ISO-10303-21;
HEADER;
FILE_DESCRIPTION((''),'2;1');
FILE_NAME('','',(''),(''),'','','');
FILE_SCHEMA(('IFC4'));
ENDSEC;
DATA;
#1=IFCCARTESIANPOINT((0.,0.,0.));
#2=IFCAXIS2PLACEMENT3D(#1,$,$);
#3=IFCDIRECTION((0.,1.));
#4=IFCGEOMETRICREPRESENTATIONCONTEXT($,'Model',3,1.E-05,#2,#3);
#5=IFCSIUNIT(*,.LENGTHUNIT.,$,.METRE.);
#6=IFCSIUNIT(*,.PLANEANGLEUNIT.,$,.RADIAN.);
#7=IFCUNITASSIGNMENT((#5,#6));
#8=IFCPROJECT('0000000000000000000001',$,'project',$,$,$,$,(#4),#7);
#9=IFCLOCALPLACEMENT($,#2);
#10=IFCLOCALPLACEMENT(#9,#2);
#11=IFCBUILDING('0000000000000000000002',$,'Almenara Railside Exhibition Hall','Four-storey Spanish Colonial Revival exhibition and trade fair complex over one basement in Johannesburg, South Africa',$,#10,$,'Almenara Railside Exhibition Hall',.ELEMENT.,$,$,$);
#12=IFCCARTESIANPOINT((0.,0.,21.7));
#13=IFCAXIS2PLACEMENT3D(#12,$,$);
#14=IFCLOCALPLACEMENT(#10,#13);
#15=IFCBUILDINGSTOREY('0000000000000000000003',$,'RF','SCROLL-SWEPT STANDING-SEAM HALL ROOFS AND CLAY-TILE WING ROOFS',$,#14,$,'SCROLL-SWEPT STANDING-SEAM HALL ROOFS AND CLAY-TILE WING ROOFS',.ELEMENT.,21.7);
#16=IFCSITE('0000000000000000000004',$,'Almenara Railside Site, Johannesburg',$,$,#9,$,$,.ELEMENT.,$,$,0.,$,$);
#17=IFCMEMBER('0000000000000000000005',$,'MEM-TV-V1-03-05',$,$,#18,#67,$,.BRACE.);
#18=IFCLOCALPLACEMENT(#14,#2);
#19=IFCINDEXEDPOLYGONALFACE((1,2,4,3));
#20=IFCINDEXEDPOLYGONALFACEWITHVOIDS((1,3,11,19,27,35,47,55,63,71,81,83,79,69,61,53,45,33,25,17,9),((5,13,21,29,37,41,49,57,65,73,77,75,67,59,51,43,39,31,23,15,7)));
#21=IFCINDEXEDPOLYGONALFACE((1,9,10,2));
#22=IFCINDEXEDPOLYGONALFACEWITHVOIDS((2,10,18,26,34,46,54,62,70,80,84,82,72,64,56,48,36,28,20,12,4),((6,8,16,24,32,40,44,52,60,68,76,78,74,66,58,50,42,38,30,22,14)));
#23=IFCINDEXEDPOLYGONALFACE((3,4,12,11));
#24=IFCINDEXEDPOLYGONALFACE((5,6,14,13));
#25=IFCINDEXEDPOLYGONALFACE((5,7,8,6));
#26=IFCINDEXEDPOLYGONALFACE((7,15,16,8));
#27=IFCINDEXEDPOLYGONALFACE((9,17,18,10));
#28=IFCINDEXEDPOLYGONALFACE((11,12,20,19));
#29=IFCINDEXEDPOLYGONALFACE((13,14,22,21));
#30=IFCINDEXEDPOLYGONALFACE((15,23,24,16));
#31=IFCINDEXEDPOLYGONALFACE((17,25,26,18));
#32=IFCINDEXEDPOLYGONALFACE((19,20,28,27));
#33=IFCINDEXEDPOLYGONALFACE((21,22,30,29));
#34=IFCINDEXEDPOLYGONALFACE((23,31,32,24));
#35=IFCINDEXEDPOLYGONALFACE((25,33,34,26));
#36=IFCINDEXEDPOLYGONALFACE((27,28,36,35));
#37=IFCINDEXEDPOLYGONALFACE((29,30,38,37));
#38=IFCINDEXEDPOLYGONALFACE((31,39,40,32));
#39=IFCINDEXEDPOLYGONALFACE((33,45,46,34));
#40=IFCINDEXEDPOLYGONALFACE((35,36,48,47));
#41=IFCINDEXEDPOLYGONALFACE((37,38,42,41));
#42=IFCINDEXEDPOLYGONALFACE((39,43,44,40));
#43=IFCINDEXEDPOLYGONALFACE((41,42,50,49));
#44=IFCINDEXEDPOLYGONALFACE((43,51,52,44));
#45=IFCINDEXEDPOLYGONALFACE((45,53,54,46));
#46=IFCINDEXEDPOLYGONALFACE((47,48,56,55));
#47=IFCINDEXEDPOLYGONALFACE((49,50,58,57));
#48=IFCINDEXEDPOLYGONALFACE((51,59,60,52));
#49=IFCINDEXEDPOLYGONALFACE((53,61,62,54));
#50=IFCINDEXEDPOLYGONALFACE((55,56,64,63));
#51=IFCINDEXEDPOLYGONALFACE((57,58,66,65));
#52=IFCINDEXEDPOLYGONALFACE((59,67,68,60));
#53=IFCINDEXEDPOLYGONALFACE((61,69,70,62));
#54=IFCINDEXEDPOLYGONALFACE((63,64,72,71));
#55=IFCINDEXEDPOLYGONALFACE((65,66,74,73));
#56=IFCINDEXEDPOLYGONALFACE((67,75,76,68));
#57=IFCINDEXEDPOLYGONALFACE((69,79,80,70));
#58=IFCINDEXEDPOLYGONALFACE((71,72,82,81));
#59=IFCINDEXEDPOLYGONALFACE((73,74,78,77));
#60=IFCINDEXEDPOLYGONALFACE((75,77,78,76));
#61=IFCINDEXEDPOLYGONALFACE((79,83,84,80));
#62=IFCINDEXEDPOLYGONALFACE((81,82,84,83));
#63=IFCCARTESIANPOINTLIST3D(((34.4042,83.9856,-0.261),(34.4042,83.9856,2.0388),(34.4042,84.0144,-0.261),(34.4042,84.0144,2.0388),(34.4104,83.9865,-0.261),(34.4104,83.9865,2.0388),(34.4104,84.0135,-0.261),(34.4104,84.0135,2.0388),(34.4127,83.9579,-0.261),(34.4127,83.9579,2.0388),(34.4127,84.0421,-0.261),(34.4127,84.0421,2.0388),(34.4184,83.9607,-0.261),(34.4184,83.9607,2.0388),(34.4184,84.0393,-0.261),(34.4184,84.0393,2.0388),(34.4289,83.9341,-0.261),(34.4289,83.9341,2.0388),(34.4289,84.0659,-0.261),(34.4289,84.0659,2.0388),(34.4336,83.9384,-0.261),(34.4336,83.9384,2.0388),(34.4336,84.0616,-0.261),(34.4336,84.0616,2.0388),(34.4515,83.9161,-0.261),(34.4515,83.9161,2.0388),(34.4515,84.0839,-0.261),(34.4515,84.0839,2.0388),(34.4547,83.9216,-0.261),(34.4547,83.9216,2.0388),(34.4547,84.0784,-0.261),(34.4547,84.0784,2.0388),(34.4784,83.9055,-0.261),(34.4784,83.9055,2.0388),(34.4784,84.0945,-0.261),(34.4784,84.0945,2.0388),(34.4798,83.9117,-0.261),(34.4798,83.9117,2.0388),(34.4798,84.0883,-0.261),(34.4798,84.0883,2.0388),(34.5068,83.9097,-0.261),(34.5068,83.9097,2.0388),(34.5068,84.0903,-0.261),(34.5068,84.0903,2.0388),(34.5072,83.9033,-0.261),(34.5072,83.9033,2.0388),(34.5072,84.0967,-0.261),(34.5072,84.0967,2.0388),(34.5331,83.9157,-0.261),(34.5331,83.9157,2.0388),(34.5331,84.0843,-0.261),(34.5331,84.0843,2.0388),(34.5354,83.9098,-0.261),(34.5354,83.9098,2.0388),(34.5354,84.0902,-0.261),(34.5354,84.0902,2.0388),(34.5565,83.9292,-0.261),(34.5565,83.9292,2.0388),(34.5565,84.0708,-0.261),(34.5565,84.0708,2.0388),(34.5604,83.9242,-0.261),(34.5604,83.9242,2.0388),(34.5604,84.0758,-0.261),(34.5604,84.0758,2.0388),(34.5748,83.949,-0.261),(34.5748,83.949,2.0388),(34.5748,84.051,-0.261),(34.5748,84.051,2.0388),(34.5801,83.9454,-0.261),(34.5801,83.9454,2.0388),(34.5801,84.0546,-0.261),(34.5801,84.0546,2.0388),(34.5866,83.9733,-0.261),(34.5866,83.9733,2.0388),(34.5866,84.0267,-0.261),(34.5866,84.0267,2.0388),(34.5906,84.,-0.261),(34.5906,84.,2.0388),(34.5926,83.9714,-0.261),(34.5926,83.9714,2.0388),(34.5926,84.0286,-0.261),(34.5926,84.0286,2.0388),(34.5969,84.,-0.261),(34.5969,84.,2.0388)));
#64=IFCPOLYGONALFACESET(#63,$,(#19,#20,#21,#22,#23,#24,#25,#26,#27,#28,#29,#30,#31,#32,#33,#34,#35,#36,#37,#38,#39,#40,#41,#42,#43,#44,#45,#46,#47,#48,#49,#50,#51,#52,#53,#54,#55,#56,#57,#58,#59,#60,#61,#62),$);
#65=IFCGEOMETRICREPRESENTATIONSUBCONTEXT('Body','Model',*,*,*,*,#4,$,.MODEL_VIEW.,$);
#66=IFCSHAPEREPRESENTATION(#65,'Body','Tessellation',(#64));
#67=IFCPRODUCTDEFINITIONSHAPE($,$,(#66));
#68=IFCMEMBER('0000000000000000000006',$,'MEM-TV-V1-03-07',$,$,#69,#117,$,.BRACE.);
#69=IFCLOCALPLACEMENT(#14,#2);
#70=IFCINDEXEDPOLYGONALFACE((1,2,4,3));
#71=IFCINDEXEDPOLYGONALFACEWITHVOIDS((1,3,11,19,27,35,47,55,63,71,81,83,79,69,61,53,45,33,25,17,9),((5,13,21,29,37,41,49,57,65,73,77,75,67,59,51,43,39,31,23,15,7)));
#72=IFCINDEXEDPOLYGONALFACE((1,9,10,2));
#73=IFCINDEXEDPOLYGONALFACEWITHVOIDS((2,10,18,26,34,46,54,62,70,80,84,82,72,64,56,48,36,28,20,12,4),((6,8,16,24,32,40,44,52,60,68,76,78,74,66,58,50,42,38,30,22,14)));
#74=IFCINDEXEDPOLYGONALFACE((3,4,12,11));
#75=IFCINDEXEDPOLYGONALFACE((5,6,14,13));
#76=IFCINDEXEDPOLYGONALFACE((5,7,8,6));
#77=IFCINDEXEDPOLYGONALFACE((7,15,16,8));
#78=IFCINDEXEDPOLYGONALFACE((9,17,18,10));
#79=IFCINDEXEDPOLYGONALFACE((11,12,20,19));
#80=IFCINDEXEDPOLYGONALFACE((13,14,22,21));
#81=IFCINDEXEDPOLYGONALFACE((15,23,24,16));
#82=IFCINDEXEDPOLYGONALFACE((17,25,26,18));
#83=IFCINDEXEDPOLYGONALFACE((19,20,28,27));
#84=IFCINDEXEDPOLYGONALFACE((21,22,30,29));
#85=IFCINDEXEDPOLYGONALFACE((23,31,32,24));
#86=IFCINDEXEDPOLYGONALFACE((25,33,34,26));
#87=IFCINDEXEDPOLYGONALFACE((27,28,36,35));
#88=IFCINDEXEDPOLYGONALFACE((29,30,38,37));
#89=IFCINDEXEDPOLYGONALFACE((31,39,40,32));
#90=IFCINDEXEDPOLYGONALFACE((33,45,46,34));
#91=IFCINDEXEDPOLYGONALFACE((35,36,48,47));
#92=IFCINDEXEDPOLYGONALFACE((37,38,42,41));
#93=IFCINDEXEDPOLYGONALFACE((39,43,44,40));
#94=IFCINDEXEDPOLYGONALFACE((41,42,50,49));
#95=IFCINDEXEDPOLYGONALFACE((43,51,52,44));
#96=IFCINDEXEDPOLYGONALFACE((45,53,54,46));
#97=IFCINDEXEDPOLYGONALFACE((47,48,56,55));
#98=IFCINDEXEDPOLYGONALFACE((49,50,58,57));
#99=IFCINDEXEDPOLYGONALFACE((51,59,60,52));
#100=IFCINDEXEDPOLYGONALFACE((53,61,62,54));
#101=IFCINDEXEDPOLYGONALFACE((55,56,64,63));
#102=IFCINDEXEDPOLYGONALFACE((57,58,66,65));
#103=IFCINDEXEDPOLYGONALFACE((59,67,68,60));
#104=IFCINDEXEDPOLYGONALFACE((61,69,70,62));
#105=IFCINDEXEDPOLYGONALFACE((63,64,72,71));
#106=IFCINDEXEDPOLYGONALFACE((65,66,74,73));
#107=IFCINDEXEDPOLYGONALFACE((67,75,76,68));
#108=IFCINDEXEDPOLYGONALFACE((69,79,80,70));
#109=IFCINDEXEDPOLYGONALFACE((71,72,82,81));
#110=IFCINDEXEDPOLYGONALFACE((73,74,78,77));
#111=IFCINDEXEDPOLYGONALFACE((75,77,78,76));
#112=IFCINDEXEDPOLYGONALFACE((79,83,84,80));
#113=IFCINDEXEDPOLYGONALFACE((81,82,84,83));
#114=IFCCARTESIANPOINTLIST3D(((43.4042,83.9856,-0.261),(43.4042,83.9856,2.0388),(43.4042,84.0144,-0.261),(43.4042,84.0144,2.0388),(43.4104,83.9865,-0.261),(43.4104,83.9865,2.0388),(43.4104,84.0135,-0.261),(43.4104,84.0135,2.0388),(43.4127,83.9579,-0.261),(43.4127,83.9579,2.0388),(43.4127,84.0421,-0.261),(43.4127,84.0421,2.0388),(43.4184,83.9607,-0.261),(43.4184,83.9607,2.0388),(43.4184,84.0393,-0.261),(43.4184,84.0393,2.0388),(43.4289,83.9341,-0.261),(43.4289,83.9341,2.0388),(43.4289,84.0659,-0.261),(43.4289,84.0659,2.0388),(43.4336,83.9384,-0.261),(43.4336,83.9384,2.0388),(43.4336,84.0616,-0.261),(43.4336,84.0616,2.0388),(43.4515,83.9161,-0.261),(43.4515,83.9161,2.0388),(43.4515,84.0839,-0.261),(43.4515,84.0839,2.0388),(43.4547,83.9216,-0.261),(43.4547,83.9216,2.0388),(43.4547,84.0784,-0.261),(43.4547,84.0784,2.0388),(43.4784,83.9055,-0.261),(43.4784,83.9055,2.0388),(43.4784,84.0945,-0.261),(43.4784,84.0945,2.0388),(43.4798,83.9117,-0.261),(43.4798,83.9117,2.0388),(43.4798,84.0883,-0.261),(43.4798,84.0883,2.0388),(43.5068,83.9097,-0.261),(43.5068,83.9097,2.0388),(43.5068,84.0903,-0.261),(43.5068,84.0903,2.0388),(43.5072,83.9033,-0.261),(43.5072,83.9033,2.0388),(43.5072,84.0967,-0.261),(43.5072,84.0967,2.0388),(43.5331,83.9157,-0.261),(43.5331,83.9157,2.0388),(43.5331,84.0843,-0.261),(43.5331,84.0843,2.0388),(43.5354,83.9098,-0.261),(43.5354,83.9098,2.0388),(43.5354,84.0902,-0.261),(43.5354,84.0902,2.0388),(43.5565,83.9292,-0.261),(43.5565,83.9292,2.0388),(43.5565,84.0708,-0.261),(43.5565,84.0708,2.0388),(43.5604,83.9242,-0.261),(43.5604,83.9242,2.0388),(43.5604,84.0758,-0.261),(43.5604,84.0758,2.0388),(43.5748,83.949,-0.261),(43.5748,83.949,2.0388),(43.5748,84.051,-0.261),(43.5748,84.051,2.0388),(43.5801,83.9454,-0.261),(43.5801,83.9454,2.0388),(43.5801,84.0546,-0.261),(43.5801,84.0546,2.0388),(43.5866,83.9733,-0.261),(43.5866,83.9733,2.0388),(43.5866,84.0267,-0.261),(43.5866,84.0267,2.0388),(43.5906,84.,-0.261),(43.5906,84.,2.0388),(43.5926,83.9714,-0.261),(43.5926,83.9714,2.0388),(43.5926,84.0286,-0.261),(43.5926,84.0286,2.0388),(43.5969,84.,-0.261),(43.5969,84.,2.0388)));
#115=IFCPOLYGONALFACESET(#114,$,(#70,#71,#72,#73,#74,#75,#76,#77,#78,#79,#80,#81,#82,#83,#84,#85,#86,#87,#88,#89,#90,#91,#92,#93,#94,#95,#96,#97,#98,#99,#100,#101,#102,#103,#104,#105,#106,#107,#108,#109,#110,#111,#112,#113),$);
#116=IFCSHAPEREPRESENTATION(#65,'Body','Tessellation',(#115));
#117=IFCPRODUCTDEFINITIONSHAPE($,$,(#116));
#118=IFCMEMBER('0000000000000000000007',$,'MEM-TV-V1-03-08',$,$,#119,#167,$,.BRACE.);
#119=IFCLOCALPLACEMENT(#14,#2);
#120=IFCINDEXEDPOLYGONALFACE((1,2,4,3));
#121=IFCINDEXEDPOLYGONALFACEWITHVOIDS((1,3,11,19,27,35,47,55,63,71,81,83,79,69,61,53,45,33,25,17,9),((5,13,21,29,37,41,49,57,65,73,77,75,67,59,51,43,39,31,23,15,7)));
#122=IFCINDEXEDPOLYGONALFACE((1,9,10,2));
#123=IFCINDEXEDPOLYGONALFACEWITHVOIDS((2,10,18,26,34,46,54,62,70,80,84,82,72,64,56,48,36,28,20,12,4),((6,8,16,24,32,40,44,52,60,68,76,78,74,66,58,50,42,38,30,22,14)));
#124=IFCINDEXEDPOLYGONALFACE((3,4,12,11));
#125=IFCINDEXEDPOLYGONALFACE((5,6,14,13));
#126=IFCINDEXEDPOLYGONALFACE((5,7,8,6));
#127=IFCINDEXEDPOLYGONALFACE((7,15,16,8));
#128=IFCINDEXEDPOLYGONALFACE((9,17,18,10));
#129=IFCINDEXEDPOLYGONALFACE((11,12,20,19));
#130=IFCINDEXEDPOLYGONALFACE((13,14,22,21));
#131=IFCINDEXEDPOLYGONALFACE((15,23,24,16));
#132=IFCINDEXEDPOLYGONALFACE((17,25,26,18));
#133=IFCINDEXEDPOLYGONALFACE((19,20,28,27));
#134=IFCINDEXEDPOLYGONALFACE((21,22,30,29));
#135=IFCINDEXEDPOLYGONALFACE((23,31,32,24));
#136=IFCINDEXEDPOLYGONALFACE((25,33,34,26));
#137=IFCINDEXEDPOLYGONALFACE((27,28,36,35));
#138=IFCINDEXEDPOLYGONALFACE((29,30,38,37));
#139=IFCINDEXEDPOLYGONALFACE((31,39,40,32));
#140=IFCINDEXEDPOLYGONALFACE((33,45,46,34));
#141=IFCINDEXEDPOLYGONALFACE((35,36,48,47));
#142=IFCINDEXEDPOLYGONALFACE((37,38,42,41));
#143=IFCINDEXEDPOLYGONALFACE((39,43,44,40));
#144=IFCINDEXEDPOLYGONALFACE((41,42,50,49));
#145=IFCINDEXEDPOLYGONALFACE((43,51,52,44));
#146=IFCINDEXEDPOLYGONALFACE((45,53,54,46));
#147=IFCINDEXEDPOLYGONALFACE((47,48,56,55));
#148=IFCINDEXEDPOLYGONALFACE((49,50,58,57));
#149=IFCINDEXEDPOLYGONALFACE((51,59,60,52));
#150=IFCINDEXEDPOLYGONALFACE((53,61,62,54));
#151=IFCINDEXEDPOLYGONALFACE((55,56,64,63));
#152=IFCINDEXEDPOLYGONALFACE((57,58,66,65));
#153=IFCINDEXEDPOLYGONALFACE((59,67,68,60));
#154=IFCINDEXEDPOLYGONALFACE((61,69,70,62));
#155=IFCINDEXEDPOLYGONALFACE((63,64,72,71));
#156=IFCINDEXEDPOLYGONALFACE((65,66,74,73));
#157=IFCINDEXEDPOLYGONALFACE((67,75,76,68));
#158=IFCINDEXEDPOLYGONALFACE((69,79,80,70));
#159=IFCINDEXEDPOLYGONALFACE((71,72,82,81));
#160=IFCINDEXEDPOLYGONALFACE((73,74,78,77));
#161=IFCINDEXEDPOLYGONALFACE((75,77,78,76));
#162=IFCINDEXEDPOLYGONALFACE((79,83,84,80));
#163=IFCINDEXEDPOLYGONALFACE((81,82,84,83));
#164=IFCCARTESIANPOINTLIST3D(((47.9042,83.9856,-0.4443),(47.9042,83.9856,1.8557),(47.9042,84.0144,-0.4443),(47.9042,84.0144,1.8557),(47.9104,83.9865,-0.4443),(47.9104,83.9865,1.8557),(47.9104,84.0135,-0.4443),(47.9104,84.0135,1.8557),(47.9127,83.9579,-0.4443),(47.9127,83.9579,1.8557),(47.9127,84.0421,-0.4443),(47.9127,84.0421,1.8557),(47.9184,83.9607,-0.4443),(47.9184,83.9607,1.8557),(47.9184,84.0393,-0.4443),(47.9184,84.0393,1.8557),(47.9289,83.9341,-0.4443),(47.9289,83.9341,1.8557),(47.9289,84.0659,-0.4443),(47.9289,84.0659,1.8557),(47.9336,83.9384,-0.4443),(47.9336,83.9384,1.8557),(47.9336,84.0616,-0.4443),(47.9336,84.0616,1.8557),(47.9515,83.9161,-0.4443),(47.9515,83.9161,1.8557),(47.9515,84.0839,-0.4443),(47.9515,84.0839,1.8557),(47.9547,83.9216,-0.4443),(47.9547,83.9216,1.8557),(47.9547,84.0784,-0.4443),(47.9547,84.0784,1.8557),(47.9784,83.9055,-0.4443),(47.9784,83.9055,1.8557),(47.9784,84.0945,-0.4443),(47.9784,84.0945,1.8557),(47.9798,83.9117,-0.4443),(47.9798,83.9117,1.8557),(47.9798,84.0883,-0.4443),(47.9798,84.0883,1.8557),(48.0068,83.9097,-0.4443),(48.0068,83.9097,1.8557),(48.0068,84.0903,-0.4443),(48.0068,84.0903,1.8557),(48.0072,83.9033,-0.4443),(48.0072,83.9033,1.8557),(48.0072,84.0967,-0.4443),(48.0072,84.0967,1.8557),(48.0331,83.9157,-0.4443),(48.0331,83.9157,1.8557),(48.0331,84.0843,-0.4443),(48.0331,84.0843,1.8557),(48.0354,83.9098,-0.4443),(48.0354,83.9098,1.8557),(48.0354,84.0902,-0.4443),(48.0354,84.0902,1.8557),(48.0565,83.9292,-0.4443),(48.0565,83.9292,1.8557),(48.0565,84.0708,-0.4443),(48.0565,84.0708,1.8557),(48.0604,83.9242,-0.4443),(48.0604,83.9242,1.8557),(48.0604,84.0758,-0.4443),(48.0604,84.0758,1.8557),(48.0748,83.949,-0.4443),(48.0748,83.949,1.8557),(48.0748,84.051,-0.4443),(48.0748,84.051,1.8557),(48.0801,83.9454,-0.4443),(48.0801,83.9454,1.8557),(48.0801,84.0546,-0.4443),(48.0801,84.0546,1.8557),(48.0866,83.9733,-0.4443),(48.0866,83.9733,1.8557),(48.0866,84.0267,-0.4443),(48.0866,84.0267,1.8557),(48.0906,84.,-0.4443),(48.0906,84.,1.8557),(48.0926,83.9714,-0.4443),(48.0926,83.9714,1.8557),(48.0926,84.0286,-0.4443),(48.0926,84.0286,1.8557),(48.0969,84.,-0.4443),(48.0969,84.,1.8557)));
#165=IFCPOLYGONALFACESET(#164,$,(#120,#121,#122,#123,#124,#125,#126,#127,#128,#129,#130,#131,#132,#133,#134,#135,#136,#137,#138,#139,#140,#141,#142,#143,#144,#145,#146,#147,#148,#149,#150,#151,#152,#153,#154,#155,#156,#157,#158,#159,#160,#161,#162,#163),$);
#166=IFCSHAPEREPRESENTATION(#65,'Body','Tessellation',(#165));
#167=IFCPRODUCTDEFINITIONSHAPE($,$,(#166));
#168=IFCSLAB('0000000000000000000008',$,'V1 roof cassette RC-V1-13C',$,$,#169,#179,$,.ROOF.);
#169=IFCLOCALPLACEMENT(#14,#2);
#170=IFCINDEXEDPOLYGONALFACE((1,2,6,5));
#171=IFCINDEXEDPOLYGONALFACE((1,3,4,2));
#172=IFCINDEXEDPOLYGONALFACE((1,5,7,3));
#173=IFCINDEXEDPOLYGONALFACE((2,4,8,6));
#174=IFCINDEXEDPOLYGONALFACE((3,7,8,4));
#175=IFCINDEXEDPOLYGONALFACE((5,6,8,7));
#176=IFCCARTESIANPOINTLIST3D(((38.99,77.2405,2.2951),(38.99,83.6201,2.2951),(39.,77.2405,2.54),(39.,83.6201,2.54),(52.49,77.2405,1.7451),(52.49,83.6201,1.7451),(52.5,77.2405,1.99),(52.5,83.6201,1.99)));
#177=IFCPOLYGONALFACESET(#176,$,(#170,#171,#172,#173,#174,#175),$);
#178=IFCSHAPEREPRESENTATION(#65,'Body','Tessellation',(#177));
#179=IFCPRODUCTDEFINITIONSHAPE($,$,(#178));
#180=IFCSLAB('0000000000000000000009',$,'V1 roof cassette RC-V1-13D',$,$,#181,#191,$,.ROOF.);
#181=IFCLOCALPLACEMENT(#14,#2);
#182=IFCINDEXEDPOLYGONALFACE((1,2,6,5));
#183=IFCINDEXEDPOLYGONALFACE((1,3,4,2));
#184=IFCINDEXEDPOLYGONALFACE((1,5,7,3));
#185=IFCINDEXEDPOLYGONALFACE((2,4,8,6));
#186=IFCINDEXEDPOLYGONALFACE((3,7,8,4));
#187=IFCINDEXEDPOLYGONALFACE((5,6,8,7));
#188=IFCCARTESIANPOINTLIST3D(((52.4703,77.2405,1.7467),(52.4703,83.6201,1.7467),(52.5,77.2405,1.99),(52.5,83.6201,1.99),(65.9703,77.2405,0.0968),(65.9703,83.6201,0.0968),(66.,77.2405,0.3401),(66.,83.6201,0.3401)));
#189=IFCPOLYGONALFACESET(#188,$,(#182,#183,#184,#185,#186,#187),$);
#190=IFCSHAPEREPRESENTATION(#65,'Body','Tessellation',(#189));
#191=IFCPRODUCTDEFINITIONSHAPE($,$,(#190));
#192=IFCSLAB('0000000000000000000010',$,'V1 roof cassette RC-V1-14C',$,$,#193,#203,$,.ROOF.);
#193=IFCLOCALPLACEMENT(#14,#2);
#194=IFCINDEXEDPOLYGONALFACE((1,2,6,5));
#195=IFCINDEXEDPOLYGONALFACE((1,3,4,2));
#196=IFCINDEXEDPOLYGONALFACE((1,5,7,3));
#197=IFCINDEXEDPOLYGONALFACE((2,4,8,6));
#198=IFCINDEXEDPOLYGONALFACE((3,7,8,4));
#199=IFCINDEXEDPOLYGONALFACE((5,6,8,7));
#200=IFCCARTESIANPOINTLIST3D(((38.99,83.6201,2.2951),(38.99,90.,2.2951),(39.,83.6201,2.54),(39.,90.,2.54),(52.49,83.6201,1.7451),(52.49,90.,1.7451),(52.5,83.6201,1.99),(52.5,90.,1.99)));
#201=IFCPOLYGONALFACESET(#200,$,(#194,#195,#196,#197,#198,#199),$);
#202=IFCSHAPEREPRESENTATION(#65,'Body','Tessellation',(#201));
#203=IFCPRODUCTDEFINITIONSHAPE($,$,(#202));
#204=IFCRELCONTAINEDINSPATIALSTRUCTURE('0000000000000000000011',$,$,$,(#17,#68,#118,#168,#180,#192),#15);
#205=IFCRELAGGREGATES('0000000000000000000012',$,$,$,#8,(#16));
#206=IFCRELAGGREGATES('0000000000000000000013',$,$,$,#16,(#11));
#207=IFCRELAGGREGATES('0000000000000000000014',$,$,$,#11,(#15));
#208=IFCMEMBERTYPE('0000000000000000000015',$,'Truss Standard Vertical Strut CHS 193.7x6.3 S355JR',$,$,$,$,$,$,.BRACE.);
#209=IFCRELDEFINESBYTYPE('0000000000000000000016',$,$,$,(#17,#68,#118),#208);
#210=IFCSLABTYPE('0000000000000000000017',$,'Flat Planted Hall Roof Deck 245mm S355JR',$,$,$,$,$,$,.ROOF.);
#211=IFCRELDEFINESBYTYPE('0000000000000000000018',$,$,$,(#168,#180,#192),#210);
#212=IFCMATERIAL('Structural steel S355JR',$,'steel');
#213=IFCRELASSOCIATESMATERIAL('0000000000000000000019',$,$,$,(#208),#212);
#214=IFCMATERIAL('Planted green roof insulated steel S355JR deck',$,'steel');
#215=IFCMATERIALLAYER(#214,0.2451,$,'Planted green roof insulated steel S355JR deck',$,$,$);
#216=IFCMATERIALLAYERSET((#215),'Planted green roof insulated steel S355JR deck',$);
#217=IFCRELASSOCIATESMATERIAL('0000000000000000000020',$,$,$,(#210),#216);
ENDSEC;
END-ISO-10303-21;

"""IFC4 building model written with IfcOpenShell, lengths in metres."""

from ifc_helpers import new_model, si_unit, direction, frame, origin, origin_2d, place, context, subcontext, project, spatial, polyline, hollow_circle, outline, extrude, material, layer, layer_set, material_profile, profile_set, type_object, element, save


model = new_model("IFC4")

# Units and contexts
model_context = context("Model", 3, precision=1e-05, world=origin(), true_north=direction((0.0, 1.0)))
body_context = subcontext(model_context, "Body", "Model", "MODEL_VIEW")
ifc_project = project(units=[si_unit("LENGTHUNIT", "METRE"), si_unit("PLANEANGLEUNIT", "RADIAN")], contexts=[model_context])

# Site, building, storey
site_placement = place(None, origin())
site = spatial("IfcSite", under=ifc_project, at=site_placement, Name="Almenara Railside Site, Johannesburg", CompositionType="ELEMENT", RefElevation=0.0)
building_placement = place(site_placement, origin())
building = spatial("IfcBuilding", under=site, at=building_placement, Name="Almenara Railside Exhibition Hall", Description="Four-storey Spanish Colonial Revival exhibition and trade fair complex over one basement in Johannesburg, South Africa", LongName="Almenara Railside Exhibition Hall", CompositionType="ELEMENT")
storey_placement = place(building_placement, frame((0.0, 0.0, 21.7)))
storey = spatial("IfcBuildingStorey", under=building, at=storey_placement, Name="RF", Description="SCROLL-SWEPT STANDING-SEAM HALL ROOFS AND CLAY-TILE WING ROOFS", LongName="SCROLL-SWEPT STANDING-SEAM HALL ROOFS AND CLAY-TILE WING ROOFS", CompositionType="ELEMENT", Elevation=21.7)

# Members
ifc_material_1 = material(Name="Structural steel S355JR", Category="steel")
ifc_material_profile_1 = material_profile(ifc_material_1, hollow_circle(Radius=0.0969, WallThickness=0.0063, at=origin_2d()), Name="CHS 193.7x6.3")
ifc_profile_set_1 = profile_set([ifc_material_profile_1], Name="Structural steel S355JR")
member_type_1 = type_object("IfcMemberType", Name="Truss Standard Vertical Strut CHS 193.7x6.3 S355JR", PredefinedType="BRACE", material=ifc_profile_set_1)
for number, where, z_axis, x_axis, name in (
    (1, (34.5, 84.0, -0.261), (0.0, 0.0, 1.0), (1.0, 0.0, 0.0), "MEM-TV-V1-03-05"),
    (2, (43.5, 84.0, -0.261), (0.0, 0.0, 1.0), (1.0, 0.0, 0.0), "MEM-TV-V1-03-07"),
):
    element("IfcMember", number, at=place(storey_placement, frame(where, z_axis=z_axis, x_axis=x_axis)), inside=storey, type_object=member_type_1, Name=name, PredefinedType="BRACE", context=body_context, shape_type="SweptSolid", body=[
        extrude(hollow_circle(Radius=0.0969, WallThickness=0.0063, at=origin_2d()), origin(), (0.0, 0.0, 1.0), 2.2998),
    ])
member_1_placement = place(storey_placement, frame((48.0, 84.0, -0.4443), z_axis=(0.0, 0.0, 1.0), x_axis=(1.0, 0.0, 0.0)))
element("IfcMember", 3, at=member_1_placement, inside=storey, type_object=member_type_1, Name="MEM-TV-V1-03-08", PredefinedType="BRACE", context=body_context, shape_type="SweptSolid", body=[
    extrude(hollow_circle(Radius=0.0969, WallThickness=0.0063, at=origin_2d()), origin(), (0.0, 0.0, 1.0), 2.3),
])

# Slabs
ifc_material_2 = material(Name="Planted green roof insulated steel S355JR deck", Category="steel")
ifc_layer_1 = layer(ifc_material_2, 0.2451, Name="Planted green roof insulated steel S355JR deck")
ifc_layer_set_1 = layer_set([ifc_layer_1], Name="Planted green roof insulated steel S355JR deck")
slab_type = type_object("IfcSlabType", Name="Flat Planted Hall Roof Deck 245mm S355JR", PredefinedType="ROOF", material=ifc_layer_set_1)
slab_1_placement = place(storey_placement, frame((39.0, 77.2405, 2.54), z_axis=(0.040711, 0.0, 0.999171), x_axis=(0.999171, 0.0, -0.040711)))
element("IfcSlab", 4, at=slab_1_placement, inside=storey, type_object=slab_type, Name="V1 roof cassette RC-V1-13C", PredefinedType="ROOF", context=body_context, shape_type="SweptSolid", body=[
    extrude(outline(polyline([(0.0, 0.0), (13.5112, 0.0), (13.5112, 6.3796), (0.0, 6.3796), (0.0, 0.0)])), origin(), (0.0, 0.0, -1.0), 0.2451),
])
slab_2_placement = place(storey_placement, frame((52.5, 77.2405, 1.99), z_axis=(0.121312, 0.0, 0.992614), x_axis=(0.992614, 0.0, -0.121312)))
element("IfcSlab", 5, at=slab_2_placement, inside=storey, type_object=slab_type, Name="V1 roof cassette RC-V1-13D", PredefinedType="ROOF", context=body_context, shape_type="SweptSolid", body=[
    extrude(outline(polyline([(0.0, 0.0), (13.6004, 0.0), (13.6004, 6.3796), (0.0, 6.3796), (0.0, 0.0)])), origin(), (0.0, 0.0, -1.0), 0.2451),
])
slab_3_placement = place(storey_placement, frame((39.0, 83.6201, 2.54), z_axis=(0.040711, 0.0, 0.999171), x_axis=(0.999171, 0.0, -0.040711)))
element("IfcSlab", 6, at=slab_3_placement, inside=storey, type_object=slab_type, Name="V1 roof cassette RC-V1-14C", PredefinedType="ROOF", context=body_context, shape_type="SweptSolid", body=[
    extrude(outline(polyline([(0.0, 0.0), (13.5112, 0.0), (13.5112, 6.3799), (0.0, 6.3799), (0.0, 0.0)])), origin(), (0.0, 0.0, -1.0), 0.2451),
])

save(model, "model.ifc")
